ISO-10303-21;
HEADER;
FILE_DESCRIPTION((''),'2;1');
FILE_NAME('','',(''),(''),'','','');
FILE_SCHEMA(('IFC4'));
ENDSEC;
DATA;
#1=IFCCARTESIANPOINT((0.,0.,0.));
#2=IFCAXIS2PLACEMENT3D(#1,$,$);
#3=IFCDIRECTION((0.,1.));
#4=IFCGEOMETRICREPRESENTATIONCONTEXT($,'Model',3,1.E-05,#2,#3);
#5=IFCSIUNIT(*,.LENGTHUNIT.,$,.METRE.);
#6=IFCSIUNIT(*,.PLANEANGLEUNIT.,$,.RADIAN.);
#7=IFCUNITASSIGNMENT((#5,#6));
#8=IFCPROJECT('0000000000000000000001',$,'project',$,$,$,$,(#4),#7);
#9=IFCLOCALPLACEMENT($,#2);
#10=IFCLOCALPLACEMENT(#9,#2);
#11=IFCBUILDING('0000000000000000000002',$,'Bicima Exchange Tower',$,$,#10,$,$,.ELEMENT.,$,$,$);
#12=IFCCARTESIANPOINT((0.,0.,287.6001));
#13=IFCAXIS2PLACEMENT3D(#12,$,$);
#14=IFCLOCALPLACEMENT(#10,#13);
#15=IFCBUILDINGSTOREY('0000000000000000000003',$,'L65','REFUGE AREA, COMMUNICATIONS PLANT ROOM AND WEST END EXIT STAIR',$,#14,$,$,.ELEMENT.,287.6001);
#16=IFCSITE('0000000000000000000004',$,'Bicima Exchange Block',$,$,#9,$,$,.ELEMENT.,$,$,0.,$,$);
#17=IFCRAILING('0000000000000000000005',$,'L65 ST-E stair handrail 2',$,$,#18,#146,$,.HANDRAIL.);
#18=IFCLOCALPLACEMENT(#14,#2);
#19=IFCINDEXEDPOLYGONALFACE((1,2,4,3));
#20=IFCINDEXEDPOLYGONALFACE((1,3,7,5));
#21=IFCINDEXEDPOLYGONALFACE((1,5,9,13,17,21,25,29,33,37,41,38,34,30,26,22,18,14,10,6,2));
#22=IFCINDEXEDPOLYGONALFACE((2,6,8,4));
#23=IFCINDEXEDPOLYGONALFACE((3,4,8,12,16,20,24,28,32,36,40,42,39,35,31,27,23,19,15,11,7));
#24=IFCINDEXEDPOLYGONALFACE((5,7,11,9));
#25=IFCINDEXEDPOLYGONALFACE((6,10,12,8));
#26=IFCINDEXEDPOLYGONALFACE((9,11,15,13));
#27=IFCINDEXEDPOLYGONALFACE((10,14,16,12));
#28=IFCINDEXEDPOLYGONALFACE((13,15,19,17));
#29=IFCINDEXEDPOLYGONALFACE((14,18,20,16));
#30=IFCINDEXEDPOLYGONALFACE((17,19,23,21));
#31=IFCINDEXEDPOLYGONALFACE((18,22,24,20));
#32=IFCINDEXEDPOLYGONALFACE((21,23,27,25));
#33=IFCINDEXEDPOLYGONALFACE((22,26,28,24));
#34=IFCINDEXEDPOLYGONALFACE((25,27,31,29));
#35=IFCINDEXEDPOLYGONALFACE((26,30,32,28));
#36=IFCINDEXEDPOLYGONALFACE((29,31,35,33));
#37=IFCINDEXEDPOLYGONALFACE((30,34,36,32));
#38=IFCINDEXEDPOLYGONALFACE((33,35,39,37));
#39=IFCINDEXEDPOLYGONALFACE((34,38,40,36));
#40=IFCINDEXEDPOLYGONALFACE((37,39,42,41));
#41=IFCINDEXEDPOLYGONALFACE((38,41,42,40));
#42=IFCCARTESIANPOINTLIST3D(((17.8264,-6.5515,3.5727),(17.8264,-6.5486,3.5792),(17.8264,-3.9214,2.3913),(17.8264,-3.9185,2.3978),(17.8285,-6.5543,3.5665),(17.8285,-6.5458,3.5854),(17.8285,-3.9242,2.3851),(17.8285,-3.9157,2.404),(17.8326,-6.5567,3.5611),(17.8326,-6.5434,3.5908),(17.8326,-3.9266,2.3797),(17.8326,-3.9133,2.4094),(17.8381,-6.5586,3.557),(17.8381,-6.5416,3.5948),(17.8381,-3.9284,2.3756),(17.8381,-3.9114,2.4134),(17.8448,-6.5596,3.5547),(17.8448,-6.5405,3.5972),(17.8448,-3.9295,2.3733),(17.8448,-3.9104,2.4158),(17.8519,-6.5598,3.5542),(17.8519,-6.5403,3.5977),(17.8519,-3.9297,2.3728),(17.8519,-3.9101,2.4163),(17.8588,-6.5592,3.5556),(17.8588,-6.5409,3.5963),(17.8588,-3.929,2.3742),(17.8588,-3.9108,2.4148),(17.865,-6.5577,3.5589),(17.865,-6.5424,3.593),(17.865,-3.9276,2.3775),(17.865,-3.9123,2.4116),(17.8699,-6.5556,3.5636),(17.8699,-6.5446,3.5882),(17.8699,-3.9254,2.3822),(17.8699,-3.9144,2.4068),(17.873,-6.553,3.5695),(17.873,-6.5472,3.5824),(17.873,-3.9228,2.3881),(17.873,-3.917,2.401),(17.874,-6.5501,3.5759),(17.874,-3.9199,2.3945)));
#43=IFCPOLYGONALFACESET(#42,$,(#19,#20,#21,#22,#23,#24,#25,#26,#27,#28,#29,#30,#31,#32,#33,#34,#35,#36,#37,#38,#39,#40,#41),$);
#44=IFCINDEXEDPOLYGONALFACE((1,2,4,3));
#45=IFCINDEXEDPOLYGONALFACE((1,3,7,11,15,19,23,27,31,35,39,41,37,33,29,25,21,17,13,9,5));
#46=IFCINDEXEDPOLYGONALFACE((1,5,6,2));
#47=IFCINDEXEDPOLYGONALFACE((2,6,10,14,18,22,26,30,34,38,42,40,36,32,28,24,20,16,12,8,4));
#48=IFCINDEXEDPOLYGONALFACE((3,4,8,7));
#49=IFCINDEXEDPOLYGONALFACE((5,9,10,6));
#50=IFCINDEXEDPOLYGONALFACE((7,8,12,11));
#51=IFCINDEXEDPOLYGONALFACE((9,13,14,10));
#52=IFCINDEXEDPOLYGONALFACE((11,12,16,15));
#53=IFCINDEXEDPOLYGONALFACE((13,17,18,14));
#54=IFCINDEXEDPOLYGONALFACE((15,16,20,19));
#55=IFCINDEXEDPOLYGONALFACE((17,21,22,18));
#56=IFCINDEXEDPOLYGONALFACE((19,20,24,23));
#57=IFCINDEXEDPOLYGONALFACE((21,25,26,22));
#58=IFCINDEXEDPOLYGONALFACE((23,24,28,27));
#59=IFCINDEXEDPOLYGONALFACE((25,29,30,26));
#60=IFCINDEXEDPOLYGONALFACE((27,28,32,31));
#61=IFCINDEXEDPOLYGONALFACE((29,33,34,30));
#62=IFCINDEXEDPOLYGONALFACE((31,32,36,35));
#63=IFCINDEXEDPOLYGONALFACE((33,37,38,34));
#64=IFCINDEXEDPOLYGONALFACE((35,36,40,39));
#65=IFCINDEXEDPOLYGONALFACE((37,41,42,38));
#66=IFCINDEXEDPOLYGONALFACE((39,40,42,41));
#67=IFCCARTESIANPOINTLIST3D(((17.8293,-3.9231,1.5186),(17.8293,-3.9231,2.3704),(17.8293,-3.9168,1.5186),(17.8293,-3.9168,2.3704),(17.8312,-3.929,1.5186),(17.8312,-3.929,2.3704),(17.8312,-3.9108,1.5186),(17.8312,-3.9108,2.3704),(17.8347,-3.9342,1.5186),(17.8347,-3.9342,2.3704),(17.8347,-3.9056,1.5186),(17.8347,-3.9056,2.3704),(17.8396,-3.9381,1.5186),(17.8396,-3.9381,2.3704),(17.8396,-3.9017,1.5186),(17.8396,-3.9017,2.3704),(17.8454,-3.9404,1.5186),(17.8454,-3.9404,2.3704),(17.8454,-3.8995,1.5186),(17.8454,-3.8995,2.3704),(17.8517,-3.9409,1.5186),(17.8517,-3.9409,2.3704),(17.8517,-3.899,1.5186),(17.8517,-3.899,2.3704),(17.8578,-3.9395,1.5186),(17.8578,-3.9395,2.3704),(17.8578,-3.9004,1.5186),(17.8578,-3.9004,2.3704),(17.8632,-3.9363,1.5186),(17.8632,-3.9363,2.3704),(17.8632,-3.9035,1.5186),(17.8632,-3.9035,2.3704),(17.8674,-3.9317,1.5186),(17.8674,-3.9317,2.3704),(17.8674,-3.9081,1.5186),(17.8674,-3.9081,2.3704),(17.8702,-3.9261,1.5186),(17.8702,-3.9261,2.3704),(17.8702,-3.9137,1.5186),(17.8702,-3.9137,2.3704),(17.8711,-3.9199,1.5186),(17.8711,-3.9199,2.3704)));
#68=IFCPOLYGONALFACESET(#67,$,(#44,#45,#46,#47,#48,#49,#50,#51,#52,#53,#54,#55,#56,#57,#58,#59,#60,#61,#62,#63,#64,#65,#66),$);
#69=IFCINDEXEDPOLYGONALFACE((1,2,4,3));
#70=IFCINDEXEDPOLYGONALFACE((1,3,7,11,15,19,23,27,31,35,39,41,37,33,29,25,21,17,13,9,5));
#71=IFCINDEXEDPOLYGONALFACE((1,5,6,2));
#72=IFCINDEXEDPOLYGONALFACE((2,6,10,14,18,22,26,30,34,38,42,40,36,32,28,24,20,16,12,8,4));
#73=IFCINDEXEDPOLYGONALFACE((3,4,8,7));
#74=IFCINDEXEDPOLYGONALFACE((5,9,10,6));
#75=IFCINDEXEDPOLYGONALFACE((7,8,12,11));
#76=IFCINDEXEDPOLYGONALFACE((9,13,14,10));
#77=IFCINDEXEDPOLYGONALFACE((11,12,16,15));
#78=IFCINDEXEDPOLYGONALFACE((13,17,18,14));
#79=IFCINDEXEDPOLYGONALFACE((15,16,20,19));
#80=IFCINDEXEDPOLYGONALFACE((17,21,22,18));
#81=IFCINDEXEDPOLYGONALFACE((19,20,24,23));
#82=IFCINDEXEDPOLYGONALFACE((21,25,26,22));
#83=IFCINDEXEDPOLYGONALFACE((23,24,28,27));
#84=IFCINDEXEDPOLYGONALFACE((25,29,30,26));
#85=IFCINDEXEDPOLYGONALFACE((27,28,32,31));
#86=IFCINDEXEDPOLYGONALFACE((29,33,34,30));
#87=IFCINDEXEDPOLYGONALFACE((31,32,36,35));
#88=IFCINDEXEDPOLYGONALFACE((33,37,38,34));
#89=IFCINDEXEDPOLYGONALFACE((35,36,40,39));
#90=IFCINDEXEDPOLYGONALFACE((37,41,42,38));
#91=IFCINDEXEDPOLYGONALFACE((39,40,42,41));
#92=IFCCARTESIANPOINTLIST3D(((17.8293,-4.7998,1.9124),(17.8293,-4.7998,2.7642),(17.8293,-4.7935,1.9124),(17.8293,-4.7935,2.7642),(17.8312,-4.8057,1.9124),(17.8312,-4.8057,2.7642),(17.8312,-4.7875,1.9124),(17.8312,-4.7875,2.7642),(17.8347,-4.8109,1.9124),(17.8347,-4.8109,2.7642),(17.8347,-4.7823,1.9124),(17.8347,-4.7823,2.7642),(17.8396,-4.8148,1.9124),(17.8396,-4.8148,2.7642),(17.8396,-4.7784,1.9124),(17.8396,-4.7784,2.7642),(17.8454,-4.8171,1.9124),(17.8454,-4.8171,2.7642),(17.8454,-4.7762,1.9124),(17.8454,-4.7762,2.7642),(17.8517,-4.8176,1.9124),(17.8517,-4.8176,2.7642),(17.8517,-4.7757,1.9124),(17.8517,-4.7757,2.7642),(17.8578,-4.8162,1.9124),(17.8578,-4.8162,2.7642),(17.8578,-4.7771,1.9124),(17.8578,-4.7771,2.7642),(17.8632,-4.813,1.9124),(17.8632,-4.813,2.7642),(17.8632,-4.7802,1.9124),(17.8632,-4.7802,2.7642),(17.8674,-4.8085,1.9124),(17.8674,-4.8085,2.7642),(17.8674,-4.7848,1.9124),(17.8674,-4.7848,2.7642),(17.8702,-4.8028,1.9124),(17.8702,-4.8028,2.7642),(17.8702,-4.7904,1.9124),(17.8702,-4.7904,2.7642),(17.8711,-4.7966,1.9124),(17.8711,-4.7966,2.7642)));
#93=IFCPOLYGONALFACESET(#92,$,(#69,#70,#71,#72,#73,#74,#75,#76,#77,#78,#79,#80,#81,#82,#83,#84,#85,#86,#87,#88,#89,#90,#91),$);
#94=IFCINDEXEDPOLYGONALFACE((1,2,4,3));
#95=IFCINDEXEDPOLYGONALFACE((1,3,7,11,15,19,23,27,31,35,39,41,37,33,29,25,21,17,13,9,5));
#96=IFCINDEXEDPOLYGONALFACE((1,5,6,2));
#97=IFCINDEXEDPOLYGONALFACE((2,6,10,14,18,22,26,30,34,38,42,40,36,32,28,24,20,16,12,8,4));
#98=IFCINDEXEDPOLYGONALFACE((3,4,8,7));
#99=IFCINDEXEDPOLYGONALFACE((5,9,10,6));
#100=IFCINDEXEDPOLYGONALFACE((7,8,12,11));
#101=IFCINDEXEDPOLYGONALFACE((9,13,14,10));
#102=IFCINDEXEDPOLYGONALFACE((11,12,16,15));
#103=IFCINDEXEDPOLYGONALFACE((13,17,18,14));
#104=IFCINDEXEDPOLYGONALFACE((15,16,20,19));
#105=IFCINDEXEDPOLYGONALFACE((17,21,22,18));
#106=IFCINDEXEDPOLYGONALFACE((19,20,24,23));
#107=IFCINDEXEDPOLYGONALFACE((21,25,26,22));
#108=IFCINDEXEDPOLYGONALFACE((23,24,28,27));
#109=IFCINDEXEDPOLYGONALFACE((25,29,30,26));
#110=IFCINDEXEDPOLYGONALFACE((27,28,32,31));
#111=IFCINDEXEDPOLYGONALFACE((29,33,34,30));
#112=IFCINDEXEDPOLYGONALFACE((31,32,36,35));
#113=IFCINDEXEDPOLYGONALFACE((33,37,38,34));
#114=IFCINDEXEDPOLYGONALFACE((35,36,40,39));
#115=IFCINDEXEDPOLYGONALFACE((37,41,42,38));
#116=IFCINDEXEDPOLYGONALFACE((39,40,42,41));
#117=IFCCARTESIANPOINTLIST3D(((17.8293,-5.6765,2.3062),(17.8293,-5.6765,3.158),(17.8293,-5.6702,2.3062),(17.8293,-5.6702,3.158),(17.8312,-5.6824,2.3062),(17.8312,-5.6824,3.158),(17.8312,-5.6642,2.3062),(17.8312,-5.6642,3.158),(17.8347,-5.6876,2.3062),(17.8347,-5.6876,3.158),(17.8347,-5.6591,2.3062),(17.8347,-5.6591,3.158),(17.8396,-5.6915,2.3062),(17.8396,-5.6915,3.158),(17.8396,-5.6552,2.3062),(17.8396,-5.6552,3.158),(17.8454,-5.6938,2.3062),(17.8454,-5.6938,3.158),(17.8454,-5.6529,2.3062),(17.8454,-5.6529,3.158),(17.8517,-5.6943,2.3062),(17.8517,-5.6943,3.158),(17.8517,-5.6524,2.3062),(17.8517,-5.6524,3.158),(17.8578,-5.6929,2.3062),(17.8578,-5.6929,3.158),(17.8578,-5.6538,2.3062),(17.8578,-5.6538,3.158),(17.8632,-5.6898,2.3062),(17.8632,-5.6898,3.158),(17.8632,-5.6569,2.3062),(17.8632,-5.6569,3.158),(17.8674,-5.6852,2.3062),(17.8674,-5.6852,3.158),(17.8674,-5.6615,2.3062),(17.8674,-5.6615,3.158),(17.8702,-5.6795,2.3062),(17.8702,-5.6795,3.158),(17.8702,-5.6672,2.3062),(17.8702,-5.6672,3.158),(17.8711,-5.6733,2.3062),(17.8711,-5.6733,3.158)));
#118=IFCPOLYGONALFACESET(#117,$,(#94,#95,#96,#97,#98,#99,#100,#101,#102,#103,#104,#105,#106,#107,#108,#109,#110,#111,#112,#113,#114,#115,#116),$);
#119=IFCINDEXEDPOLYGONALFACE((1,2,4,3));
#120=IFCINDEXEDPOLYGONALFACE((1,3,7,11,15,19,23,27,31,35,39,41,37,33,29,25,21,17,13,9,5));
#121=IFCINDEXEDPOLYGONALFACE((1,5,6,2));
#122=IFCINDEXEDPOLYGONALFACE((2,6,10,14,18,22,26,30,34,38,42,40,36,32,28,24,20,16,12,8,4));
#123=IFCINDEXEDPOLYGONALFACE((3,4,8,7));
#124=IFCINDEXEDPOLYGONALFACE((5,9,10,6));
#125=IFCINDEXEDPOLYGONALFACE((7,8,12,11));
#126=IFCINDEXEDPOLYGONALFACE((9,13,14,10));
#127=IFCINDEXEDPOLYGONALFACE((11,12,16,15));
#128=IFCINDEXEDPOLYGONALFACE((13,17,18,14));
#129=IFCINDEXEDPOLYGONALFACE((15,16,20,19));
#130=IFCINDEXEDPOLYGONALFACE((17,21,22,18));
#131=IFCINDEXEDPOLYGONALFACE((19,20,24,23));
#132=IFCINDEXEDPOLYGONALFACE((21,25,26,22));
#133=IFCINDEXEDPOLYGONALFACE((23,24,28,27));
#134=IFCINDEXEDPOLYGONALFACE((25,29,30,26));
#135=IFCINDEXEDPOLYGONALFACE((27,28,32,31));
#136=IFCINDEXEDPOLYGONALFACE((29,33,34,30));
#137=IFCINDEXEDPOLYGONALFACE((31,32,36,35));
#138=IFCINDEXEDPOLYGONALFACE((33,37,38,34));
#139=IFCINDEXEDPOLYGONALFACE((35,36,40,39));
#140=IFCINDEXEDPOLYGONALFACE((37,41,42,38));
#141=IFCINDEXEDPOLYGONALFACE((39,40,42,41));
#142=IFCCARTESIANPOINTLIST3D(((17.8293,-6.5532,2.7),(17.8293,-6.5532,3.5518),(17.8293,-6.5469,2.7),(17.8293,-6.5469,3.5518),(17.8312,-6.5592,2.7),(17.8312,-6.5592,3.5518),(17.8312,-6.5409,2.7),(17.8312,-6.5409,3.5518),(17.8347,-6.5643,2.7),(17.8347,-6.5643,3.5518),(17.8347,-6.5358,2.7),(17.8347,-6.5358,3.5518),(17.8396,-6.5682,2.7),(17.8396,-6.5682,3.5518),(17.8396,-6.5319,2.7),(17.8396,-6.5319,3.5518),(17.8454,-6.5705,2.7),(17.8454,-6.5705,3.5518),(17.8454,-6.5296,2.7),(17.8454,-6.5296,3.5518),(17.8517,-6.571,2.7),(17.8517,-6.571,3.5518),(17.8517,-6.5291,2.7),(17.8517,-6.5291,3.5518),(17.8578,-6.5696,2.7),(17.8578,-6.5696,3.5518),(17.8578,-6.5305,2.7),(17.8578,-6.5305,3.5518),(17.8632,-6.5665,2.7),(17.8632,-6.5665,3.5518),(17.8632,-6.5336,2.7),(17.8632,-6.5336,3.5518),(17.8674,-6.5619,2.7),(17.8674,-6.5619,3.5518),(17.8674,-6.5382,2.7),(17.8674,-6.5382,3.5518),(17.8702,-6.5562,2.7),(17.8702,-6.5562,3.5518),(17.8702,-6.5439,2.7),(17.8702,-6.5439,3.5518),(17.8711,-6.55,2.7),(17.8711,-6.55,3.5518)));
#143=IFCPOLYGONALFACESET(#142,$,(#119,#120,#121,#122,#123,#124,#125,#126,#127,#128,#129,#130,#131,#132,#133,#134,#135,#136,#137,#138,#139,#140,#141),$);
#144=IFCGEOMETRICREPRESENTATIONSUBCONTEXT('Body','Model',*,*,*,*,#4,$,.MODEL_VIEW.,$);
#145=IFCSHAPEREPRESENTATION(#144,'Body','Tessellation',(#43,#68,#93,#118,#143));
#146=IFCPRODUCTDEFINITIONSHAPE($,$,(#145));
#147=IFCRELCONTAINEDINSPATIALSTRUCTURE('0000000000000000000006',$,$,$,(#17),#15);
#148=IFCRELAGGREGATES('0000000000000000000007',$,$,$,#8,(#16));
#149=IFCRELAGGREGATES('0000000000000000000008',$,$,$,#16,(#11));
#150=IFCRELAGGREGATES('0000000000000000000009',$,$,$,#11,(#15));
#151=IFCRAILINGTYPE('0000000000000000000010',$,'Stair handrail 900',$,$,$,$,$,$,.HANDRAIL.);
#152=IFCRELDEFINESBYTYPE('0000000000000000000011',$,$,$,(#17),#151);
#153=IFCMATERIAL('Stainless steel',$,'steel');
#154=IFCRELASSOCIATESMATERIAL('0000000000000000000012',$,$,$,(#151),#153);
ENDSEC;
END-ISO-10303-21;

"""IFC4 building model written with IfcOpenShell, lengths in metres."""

from ifc_helpers import new_model, si_unit, direction, frame, origin, origin_2d, place, context, subcontext, project, spatial, circle, extrude, material, type_object, element, save


model = new_model("IFC4")

# Units and contexts
model_context = context("Model", 3, precision=1e-05, world=origin(), true_north=direction((0.0, 1.0)))
body_context = subcontext(model_context, "Body", "Model", "MODEL_VIEW")
ifc_project = project(units=[si_unit("LENGTHUNIT", "METRE"), si_unit("PLANEANGLEUNIT", "RADIAN")], contexts=[model_context])

# Site, building, storey
site_placement = place(None, origin())
site = spatial("IfcSite", under=ifc_project, at=site_placement, Name="Bicima Exchange Block", CompositionType="ELEMENT", RefElevation=0.0)
building_placement = place(site_placement, origin())
building = spatial("IfcBuilding", under=site, at=building_placement, Name="Bicima Exchange Tower", CompositionType="ELEMENT")
storey_placement = place(building_placement, frame((0.0, 0.0, 287.6001)))
storey = spatial("IfcBuildingStorey", under=building, at=storey_placement, Name="L65", Description="REFUGE AREA, COMMUNICATIONS PLANT ROOM AND WEST END EXIT STAIR", CompositionType="ELEMENT", Elevation=287.6001)

# Railing
ifc_material_1 = material(Name="Stainless steel", Category="steel")
railing_type_1 = type_object("IfcRailingType", Name="Stair handrail 900", PredefinedType="HANDRAIL", material=ifc_material_1)
railing_1_placement = place(storey_placement, frame((17.8501, -3.9199, 1.5186)))
element("IfcRailing", 1, at=railing_1_placement, inside=storey, type_object=railing_type_1, Name="L65 ST-E stair handrail 2", PredefinedType="HANDRAIL", context=body_context, shape_type="SweptSolid", body=[
    extrude(circle(Radius=0.0239, at=origin_2d()), frame((0.0, 0.0, 0.876), z_axis=(0.0, -0.912202, 0.409741), x_axis=(1.0, 0.0, 0.0)), (0.0, 0.0, 1.0), 2.8833),
    extrude(circle(Radius=0.021, at=origin_2d()), origin(), (0.0, 0.0, 1.0), 0.8518),
    extrude(circle(Radius=0.021, at=origin_2d()), frame((0.0, -0.8767, 0.3938)), (0.0, 0.0, 1.0), 0.8518),
    extrude(circle(Radius=0.021, at=origin_2d()), frame((0.0, -1.7534, 0.7876)), (0.0, 0.0, 1.0), 0.8518),
    extrude(circle(Radius=0.021, at=origin_2d()), frame((0.0, -2.6301, 1.1814)), (0.0, 0.0, 1.0), 0.8518),
])

save(model, "model.ifc")
